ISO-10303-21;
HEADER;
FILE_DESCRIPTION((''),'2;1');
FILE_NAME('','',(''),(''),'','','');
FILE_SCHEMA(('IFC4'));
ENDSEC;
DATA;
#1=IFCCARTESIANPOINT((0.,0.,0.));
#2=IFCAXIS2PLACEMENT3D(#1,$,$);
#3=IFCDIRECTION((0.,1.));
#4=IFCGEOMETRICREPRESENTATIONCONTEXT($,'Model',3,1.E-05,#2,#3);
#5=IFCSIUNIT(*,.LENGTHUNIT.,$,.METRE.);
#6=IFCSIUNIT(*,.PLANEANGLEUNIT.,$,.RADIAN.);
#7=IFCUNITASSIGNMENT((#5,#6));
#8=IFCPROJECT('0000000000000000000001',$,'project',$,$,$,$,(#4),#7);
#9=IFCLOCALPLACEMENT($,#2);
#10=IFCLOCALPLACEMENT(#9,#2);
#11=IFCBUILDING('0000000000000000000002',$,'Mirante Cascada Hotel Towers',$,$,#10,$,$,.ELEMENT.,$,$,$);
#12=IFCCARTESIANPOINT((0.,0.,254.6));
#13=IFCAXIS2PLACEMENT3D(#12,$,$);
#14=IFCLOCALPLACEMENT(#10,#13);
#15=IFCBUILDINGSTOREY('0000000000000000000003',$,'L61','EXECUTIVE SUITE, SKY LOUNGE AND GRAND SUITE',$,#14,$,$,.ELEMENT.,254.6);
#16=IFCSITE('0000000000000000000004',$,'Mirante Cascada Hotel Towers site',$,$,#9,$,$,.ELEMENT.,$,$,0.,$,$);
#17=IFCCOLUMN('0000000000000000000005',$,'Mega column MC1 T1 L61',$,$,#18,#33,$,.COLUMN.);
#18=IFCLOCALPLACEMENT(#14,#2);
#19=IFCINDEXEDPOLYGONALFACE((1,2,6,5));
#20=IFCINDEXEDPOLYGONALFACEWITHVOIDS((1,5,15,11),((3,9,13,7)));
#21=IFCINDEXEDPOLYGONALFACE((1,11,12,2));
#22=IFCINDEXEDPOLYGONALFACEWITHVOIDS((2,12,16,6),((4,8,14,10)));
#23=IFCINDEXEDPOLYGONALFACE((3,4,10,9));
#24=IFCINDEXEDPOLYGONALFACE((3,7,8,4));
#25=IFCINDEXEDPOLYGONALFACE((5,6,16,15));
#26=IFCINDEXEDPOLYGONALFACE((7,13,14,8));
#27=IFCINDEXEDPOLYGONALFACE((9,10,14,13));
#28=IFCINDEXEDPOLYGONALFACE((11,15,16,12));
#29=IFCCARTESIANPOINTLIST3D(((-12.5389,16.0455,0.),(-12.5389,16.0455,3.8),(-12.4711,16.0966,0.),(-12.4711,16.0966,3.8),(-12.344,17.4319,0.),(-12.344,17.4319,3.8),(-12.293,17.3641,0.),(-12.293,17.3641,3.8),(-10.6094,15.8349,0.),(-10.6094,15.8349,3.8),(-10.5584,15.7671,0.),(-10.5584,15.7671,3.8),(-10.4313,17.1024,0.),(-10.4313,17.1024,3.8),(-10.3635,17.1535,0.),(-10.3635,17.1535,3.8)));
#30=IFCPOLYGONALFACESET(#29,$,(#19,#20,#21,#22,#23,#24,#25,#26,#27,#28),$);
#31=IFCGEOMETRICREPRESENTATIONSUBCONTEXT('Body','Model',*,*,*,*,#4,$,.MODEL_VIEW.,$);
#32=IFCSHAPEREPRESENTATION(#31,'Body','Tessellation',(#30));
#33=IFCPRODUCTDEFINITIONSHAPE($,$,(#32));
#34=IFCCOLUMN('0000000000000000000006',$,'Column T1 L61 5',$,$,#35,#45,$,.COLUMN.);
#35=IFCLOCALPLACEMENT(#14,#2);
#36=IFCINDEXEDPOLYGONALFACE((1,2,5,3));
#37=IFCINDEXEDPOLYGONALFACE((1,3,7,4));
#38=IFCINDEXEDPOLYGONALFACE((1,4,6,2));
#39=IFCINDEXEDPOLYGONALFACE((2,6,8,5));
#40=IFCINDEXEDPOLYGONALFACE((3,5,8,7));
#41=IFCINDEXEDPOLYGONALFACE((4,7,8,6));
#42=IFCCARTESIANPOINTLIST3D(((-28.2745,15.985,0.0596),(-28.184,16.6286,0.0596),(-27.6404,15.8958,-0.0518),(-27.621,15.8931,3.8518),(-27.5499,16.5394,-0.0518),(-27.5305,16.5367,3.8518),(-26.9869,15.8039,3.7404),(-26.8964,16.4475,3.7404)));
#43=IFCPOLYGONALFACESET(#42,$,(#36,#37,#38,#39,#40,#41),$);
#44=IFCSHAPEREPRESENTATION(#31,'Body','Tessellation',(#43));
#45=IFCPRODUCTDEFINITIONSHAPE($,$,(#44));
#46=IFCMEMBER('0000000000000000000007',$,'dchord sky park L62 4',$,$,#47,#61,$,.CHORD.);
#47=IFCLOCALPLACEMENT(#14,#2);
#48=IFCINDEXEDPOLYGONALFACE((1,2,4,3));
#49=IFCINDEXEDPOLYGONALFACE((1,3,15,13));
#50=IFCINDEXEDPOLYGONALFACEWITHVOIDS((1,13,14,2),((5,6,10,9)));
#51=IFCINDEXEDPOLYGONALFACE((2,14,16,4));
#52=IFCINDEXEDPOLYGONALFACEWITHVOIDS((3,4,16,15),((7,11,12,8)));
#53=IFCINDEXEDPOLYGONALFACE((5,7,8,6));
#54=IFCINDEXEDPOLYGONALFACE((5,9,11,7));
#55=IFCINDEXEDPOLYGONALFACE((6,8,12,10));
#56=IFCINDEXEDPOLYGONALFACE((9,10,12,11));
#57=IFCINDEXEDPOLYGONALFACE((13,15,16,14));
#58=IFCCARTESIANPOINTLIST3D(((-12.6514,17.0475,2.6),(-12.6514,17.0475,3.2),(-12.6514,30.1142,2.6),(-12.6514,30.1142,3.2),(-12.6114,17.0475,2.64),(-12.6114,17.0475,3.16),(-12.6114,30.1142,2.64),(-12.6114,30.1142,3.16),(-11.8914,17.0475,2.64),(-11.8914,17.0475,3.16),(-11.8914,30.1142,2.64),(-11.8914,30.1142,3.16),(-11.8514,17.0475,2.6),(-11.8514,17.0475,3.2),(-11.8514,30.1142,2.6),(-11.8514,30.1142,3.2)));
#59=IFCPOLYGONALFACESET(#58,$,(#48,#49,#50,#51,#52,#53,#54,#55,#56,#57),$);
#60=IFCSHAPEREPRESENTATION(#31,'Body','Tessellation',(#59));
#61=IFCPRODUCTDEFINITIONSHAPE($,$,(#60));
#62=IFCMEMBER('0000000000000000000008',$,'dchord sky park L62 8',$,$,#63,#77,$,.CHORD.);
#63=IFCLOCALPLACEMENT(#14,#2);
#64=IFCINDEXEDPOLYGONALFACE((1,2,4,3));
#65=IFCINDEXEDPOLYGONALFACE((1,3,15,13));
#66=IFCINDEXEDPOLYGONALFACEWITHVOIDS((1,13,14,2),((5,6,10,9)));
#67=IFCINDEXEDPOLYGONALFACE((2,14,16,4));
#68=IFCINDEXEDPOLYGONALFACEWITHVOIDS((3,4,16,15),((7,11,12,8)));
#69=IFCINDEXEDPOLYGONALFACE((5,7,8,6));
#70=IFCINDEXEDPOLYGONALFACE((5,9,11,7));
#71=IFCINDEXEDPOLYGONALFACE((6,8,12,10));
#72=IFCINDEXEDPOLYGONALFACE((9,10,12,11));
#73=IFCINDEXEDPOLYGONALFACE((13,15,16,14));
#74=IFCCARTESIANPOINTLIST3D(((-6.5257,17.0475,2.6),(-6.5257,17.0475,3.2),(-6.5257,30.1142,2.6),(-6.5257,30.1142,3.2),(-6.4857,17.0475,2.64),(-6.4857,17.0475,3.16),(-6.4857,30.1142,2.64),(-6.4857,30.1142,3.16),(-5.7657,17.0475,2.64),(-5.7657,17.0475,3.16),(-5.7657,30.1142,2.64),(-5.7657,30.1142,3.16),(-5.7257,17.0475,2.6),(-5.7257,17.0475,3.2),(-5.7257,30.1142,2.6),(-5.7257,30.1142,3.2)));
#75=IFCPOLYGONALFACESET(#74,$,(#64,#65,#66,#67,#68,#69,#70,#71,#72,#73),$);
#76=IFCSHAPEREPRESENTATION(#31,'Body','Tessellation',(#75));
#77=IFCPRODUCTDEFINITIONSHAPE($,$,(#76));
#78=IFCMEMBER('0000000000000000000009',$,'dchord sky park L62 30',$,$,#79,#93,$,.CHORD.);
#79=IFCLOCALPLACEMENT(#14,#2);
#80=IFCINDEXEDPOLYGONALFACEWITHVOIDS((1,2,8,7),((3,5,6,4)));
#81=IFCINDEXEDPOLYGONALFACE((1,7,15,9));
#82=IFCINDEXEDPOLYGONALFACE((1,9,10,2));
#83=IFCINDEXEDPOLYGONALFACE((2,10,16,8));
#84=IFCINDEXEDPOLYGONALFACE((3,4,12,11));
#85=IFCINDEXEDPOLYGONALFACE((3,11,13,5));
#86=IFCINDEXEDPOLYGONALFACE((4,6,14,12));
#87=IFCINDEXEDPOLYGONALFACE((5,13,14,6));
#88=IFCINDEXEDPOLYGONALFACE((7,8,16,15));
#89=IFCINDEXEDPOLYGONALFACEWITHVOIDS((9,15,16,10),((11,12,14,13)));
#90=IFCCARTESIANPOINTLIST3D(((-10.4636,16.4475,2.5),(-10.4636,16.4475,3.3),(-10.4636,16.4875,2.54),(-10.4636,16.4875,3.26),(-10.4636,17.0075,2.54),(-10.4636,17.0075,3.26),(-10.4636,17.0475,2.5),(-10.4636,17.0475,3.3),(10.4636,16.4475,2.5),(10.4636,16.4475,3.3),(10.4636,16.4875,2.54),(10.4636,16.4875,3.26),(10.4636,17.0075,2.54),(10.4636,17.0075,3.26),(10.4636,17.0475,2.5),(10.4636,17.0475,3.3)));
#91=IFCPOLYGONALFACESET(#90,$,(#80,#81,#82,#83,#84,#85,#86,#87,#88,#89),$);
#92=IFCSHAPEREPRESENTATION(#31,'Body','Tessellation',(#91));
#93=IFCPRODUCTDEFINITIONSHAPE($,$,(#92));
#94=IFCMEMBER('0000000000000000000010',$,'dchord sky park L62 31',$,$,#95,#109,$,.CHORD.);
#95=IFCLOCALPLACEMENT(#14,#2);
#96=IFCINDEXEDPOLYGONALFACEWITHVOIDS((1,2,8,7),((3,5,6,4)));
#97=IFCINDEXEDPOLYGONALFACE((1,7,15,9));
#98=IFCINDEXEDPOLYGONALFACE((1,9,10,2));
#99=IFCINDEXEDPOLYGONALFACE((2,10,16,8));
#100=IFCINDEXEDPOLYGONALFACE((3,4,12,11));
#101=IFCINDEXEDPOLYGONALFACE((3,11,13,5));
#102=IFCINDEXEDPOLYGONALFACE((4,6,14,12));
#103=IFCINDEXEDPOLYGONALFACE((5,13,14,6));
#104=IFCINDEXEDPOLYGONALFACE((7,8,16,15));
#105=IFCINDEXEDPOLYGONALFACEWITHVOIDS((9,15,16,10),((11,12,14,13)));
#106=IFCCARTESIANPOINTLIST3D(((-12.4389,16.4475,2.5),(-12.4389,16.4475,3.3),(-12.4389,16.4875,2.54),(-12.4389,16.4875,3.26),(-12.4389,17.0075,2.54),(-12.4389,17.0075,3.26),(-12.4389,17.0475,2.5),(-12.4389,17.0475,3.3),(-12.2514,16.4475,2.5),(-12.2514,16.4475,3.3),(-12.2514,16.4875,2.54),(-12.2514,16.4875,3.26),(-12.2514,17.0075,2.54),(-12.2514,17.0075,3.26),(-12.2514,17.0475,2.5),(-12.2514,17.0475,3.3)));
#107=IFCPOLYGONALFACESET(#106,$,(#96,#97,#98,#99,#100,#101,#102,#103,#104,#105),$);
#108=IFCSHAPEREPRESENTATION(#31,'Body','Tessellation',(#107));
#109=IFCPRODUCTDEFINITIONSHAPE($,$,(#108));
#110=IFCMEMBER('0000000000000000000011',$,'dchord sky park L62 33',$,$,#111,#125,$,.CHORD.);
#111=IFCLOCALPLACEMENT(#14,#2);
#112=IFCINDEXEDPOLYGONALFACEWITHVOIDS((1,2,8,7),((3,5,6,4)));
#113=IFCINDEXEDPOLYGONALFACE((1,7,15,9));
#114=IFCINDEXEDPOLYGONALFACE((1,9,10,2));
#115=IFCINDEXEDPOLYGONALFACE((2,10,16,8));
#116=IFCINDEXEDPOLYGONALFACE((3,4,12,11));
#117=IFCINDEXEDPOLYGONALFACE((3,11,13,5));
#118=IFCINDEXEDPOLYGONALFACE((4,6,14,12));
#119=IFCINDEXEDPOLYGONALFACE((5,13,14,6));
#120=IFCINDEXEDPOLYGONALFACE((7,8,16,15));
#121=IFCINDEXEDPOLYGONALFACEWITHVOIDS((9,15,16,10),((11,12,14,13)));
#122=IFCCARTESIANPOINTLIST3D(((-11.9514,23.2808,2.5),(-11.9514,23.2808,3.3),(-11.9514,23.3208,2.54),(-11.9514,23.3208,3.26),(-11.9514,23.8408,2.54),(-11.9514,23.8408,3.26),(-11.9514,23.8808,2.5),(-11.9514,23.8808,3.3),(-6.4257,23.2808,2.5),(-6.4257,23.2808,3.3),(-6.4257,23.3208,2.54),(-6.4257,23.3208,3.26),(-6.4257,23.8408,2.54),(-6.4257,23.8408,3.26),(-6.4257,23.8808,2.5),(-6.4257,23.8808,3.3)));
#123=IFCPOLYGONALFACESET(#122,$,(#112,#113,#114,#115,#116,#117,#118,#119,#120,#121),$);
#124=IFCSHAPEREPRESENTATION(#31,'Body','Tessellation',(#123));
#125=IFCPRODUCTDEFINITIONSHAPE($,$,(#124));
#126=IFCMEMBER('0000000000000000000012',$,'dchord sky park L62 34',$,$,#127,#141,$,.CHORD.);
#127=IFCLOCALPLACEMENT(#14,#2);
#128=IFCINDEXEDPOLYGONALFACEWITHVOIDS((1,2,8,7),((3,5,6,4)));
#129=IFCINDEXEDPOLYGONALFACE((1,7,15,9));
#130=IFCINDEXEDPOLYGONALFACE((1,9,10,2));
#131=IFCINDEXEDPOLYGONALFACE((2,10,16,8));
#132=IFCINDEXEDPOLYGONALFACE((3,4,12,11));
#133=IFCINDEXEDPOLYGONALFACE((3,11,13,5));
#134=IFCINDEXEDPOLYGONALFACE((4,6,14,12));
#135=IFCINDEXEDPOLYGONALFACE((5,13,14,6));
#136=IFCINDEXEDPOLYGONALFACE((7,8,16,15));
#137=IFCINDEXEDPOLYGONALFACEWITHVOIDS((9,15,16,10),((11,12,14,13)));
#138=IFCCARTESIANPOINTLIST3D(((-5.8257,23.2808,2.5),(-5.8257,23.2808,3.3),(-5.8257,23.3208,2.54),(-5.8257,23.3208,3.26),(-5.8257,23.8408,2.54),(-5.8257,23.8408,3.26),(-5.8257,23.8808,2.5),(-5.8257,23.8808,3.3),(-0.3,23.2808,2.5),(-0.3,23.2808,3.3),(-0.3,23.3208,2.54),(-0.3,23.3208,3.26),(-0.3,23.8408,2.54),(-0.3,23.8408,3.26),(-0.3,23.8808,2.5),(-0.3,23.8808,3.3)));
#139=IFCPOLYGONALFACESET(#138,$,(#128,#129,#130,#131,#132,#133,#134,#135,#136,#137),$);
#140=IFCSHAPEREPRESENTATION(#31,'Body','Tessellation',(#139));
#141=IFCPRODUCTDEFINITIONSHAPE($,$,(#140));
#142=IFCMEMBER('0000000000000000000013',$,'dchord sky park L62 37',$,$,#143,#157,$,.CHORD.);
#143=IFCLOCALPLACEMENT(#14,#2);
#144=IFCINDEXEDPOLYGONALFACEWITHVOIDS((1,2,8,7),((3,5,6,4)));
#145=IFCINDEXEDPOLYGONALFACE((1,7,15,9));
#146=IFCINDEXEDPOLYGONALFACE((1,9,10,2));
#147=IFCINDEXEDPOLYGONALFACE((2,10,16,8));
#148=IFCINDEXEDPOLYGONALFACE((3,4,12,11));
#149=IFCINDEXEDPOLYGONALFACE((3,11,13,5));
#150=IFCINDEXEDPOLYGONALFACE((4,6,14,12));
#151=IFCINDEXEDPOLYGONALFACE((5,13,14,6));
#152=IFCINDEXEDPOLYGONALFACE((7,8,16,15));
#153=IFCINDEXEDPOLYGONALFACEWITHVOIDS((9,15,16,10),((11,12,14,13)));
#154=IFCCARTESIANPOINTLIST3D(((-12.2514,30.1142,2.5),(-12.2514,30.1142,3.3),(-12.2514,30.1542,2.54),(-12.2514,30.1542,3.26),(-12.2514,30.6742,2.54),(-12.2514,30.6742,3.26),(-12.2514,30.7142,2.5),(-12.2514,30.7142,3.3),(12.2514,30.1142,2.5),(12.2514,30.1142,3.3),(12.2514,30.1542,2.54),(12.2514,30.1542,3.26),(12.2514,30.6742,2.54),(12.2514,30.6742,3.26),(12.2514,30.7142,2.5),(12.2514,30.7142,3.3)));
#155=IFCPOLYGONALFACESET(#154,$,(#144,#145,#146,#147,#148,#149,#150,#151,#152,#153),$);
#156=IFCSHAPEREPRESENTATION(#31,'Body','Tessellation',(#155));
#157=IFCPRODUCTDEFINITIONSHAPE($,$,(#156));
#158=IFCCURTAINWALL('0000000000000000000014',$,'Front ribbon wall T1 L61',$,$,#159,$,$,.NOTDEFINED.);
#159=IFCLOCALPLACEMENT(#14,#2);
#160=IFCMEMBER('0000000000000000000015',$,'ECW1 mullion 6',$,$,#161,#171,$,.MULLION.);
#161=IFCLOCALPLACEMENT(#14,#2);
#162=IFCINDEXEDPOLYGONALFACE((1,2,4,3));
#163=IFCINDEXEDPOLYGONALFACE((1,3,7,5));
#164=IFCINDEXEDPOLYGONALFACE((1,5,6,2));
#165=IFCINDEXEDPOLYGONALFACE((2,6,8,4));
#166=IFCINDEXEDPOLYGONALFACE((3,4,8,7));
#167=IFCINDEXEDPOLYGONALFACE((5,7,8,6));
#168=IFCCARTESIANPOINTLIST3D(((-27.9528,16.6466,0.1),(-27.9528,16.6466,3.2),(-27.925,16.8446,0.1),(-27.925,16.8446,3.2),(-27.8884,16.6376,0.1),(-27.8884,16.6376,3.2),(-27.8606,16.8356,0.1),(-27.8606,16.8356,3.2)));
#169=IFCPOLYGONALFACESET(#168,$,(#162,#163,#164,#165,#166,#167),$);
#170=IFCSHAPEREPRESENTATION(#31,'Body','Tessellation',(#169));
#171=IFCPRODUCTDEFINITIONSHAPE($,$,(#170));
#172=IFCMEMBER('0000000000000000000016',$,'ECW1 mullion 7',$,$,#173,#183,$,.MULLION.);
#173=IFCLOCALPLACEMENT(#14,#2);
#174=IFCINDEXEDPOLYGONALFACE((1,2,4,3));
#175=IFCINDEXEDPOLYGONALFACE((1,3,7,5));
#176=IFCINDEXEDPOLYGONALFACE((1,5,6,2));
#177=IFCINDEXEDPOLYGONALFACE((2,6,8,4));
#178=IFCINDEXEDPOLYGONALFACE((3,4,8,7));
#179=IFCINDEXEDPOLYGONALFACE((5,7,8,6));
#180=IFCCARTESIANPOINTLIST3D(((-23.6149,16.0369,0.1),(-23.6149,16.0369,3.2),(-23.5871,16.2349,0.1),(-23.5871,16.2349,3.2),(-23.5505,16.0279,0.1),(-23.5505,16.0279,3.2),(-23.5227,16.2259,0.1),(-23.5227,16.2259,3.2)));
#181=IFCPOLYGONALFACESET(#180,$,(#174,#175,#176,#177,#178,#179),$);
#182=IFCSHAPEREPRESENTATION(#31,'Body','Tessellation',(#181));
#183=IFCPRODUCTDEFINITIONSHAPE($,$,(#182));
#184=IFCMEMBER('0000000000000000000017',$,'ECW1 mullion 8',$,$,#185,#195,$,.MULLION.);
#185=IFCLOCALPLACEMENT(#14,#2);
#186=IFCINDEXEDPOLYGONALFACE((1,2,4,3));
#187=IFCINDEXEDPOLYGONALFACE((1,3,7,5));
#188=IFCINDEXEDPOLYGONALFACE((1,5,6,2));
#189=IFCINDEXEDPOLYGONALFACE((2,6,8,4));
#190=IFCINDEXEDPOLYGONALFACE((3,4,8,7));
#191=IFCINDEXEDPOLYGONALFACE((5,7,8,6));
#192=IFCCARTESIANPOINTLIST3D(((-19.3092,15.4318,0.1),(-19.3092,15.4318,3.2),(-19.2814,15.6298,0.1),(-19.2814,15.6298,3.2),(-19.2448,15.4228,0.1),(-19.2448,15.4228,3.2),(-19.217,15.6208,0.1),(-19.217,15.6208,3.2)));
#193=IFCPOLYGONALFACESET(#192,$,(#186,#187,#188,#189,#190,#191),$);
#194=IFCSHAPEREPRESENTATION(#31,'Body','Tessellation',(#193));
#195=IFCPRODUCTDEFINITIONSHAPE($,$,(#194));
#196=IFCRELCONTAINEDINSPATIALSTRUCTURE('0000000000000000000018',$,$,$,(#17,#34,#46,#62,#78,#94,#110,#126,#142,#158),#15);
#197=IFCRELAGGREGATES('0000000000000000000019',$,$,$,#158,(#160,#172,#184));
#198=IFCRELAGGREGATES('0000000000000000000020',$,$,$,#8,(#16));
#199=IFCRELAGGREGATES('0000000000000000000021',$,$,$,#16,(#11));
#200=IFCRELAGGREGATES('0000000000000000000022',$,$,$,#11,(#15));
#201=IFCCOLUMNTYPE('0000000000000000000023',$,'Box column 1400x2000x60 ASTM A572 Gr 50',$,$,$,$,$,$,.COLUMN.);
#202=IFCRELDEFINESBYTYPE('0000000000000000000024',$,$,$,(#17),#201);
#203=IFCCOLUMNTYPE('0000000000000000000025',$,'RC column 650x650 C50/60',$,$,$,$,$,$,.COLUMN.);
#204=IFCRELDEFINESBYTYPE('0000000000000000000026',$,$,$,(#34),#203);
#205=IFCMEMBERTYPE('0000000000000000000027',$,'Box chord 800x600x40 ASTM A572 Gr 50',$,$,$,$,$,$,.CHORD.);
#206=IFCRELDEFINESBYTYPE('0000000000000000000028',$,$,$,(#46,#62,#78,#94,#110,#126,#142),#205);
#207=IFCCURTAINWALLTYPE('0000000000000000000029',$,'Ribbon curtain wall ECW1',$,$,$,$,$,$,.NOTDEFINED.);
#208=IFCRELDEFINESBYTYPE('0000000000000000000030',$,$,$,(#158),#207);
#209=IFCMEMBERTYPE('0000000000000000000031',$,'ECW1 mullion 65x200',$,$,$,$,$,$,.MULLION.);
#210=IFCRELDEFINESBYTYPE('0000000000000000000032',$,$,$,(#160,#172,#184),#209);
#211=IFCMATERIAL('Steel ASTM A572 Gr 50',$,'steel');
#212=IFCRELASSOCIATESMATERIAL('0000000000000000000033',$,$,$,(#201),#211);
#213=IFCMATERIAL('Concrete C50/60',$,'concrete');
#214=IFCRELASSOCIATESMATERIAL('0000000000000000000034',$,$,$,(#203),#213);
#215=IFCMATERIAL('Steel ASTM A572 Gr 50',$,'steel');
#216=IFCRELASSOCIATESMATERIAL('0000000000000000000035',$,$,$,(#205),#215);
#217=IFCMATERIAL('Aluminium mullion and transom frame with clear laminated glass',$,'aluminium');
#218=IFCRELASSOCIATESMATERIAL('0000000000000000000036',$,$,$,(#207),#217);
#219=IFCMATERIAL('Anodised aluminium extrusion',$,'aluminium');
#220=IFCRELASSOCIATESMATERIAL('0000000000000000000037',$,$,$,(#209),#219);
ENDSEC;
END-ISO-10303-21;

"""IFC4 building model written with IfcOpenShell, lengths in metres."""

from ifc_helpers import new_model, si_unit, direction, frame, origin, origin_2d, place, context, subcontext, project, spatial, rectangle, hollow_rectangle, extrude, material, material_profile, profile_set, type_object, element, aggregate, save


model = new_model("IFC4")

# Units and contexts
model_context = context("Model", 3, precision=1e-05, world=origin(), true_north=direction((0.0, 1.0)))
body_context = subcontext(model_context, "Body", "Model", "MODEL_VIEW")
ifc_project = project(units=[si_unit("LENGTHUNIT", "METRE"), si_unit("PLANEANGLEUNIT", "RADIAN")], contexts=[model_context])

# Site, building, storey
site_placement = place(None, origin())
site = spatial("IfcSite", under=ifc_project, at=site_placement, Name="Mirante Cascada Hotel Towers site", CompositionType="ELEMENT", RefElevation=0.0)
building_placement = place(site_placement, origin())
building = spatial("IfcBuilding", under=site, at=building_placement, Name="Mirante Cascada Hotel Towers", CompositionType="ELEMENT")
storey_placement = place(building_placement, frame((0.0, 0.0, 254.6)))
storey = spatial("IfcBuildingStorey", under=building, at=storey_placement, Name="L61", Description="EXECUTIVE SUITE, SKY LOUNGE AND GRAND SUITE", CompositionType="ELEMENT", Elevation=254.6)

# Columns
ifc_material_1 = material(Name="Steel ASTM A572 Gr 50", Category="steel")
ifc_material_profile_1 = material_profile(ifc_material_1, hollow_rectangle(XDim=2.0, YDim=1.4, WallThickness=0.06, at=origin_2d()), Name="Box column 1400x2000x60 ASTM A572 Gr 50")
ifc_profile_set_1 = profile_set([ifc_material_profile_1], Name="Steel ASTM A572 Gr 50")
column_type_1 = type_object("IfcColumnType", Name="Box column 1400x2000x60 ASTM A572 Gr 50", PredefinedType="COLUMN", material=ifc_profile_set_1)
column_1_placement = place(storey_placement, frame((-11.4512, 16.5995, 0.0), z_axis=(0.0, 0.0, 1.0), x_axis=(-0.990268, 0.139173, 0.0)))
element("IfcColumn", 1, at=column_1_placement, inside=storey, type_object=column_type_1, Name="Mega column MC1 T1 L61", PredefinedType="COLUMN", context=body_context, shape_type="SweptSolid", body=[
    extrude(hollow_rectangle(XDim=2.0, YDim=1.4, WallThickness=0.06, at=origin_2d()), origin(), (0.0, 0.0, 1.0), 3.8),
])
ifc_material_2 = material(Name="Concrete C50/60", Category="concrete")
ifc_material_profile_2 = material_profile(ifc_material_2, rectangle(XDim=0.65, YDim=0.65, at=origin_2d()), Name="RC column 650x650 C50/60")
ifc_profile_set_2 = profile_set([ifc_material_profile_2], Name="Concrete C50/60")
column_type_2 = type_object("IfcColumnType", Name="RC column 650x650 C50/60", PredefinedType="COLUMN", material=ifc_profile_set_2)
column_2_placement = place(storey_placement, frame((-27.9122, 16.2622, 0.0039), z_axis=(0.169776, -0.023875, 0.985194), x_axis=(0.139257, 0.990256, 0.0)))
element("IfcColumn", 2, at=column_2_placement, inside=storey, type_object=column_type_2, Name="Column T1 L61 5", PredefinedType="COLUMN", context=body_context, shape_type="SweptSolid", body=[
    extrude(rectangle(XDim=0.65, YDim=0.65, at=origin_2d()), origin(), (0.0, 0.0, 1.0), 3.8492),
])

# Members
ifc_material_3 = material(Name="Steel ASTM A572 Gr 50", Category="steel")
ifc_material_profile_3 = material_profile(ifc_material_3, hollow_rectangle(XDim=0.6, YDim=0.8, WallThickness=0.04, at=origin_2d()), Name="Box chord 800x600x40 ASTM A572 Gr 50")
ifc_profile_set_3 = profile_set([ifc_material_profile_3], Name="Steel ASTM A572 Gr 50")
member_type_1 = type_object("IfcMemberType", Name="Box chord 800x600x40 ASTM A572 Gr 50", PredefinedType="CHORD", material=ifc_profile_set_3)
for number, where, z_axis, x_axis, name in (
    (3, (-12.2514, 17.0475, 2.9), (0.0, 1.0, 0.0), (0.0, 0.0, 1.0), "dchord sky park L62 4"),
    (4, (-6.1257, 17.0475, 2.9), (0.0, 1.0, 0.0), (0.0, 0.0, 1.0), "dchord sky park L62 8"),
):
    element("IfcMember", number, at=place(storey_placement, frame(where, z_axis=z_axis, x_axis=x_axis)), inside=storey, type_object=member_type_1, Name=name, PredefinedType="CHORD", context=body_context, shape_type="SweptSolid", body=[
        extrude(hollow_rectangle(XDim=0.6, YDim=0.8, WallThickness=0.04, at=origin_2d()), origin(), (0.0, 0.0, 1.0), 13.0667),
    ])
member_1_placement = place(storey_placement, frame((-10.4636, 16.7475, 2.9), z_axis=(1.0, 0.0, 0.0), x_axis=(0.0, 1.0, 0.0)))
element("IfcMember", 5, at=member_1_placement, inside=storey, type_object=member_type_1, Name="dchord sky park L62 30", PredefinedType="CHORD", context=body_context, shape_type="SweptSolid", body=[
    extrude(hollow_rectangle(XDim=0.6, YDim=0.8, WallThickness=0.04, at=origin_2d()), origin(), (0.0, 0.0, 1.0), 20.9272),
])
member_2_placement = place(storey_placement, frame((-12.2514, 16.7475, 2.9), z_axis=(-1.0, 0.0, 0.0), x_axis=(0.0, 1.0, 0.0)))
element("IfcMember", 6, at=member_2_placement, inside=storey, type_object=member_type_1, Name="dchord sky park L62 31", PredefinedType="CHORD", context=body_context, shape_type="SweptSolid", body=[
    extrude(hollow_rectangle(XDim=0.6, YDim=0.8, WallThickness=0.04, at=origin_2d()), origin(), (0.0, 0.0, 1.0), 0.1875),
])
for number, where, z_axis, x_axis, name in (
    (7, (-11.9514, 23.5808, 2.9), (1.0, 0.0, 0.0), (0.0, 1.0, 0.0), "dchord sky park L62 33"),
    (8, (-5.8257, 23.5808, 2.9), (1.0, 0.0, 0.0), (0.0, 1.0, 0.0), "dchord sky park L62 34"),
):
    element("IfcMember", number, at=place(storey_placement, frame(where, z_axis=z_axis, x_axis=x_axis)), inside=storey, type_object=member_type_1, Name=name, PredefinedType="CHORD", context=body_context, shape_type="SweptSolid", body=[
        extrude(hollow_rectangle(XDim=0.6, YDim=0.8, WallThickness=0.04, at=origin_2d()), origin(), (0.0, 0.0, 1.0), 5.5257),
    ])
member_3_placement = place(storey_placement, frame((-12.2514, 30.4142, 2.9), z_axis=(1.0, 0.0, 0.0), x_axis=(0.0, 1.0, 0.0)))
element("IfcMember", 9, at=member_3_placement, inside=storey, type_object=member_type_1, Name="dchord sky park L62 37", PredefinedType="CHORD", context=body_context, shape_type="SweptSolid", body=[
    extrude(hollow_rectangle(XDim=0.6, YDim=0.8, WallThickness=0.04, at=origin_2d()), origin(), (0.0, 0.0, 1.0), 24.5028),
])

# Curtain wall, members
ifc_material_4 = material(Name="Aluminium mullion and transom frame with clear laminated glass", Category="aluminium")
curtain_wall_type_1 = type_object("IfcCurtainWallType", Name="Ribbon curtain wall ECW1", PredefinedType="NOTDEFINED", material=ifc_material_4)
curtain_wall_1_placement = place(storey_placement, origin())
curtain_wall_1 = element("IfcCurtainWall", 10, at=curtain_wall_1_placement, inside=storey, type_object=curtain_wall_type_1, Name="Front ribbon wall T1 L61", PredefinedType="NOTDEFINED")
ifc_material_5 = material(Name="Anodised aluminium extrusion", Category="aluminium")
ifc_material_profile_4 = material_profile(ifc_material_5, rectangle(XDim=0.2, YDim=0.065, at=origin_2d()), Name="ECW1 MULLION 65x200")
ifc_profile_set_4 = profile_set([ifc_material_profile_4], Name="Anodised aluminium extrusion")
member_type_2 = type_object("IfcMemberType", Name="ECW1 mullion 65x200", PredefinedType="MULLION", material=ifc_profile_set_4)
member_4_placement = place(storey_placement, frame((-27.9067, 16.7411, 0.1), z_axis=(0.0, 0.0, 1.0), x_axis=(0.139173, 0.990268, 0.0)))
member_4 = element("IfcMember", 11, at=member_4_placement, type_object=member_type_2, Name="ECW1 mullion 6", PredefinedType="MULLION", context=body_context, shape_type="SweptSolid", body=[
    extrude(rectangle(XDim=0.2, YDim=0.065, at=origin_2d()), origin(), (0.0, 0.0, 1.0), 3.1),
])
member_5_placement = place(storey_placement, frame((-23.5688, 16.1314, 0.1), z_axis=(0.0, 0.0, 1.0), x_axis=(0.139173, 0.990268, 0.0)))
member_5 = element("IfcMember", 12, at=member_5_placement, type_object=member_type_2, Name="ECW1 mullion 7", PredefinedType="MULLION", context=body_context, shape_type="SweptSolid", body=[
    extrude(rectangle(XDim=0.2, YDim=0.065, at=origin_2d()), origin(), (0.0, 0.0, 1.0), 3.1),
])
member_6_placement = place(storey_placement, frame((-19.2631, 15.5263, 0.1), z_axis=(0.0, 0.0, 1.0), x_axis=(0.139173, 0.990268, 0.0)))
member_6 = element("IfcMember", 13, at=member_6_placement, type_object=member_type_2, Name="ECW1 mullion 8", PredefinedType="MULLION", context=body_context, shape_type="SweptSolid", body=[
    extrude(rectangle(XDim=0.2, YDim=0.065, at=origin_2d()), origin(), (0.0, 0.0, 1.0), 3.1),
])

aggregate(curtain_wall_1, [member_4, member_5, member_6])

save(model, "model.ifc")
